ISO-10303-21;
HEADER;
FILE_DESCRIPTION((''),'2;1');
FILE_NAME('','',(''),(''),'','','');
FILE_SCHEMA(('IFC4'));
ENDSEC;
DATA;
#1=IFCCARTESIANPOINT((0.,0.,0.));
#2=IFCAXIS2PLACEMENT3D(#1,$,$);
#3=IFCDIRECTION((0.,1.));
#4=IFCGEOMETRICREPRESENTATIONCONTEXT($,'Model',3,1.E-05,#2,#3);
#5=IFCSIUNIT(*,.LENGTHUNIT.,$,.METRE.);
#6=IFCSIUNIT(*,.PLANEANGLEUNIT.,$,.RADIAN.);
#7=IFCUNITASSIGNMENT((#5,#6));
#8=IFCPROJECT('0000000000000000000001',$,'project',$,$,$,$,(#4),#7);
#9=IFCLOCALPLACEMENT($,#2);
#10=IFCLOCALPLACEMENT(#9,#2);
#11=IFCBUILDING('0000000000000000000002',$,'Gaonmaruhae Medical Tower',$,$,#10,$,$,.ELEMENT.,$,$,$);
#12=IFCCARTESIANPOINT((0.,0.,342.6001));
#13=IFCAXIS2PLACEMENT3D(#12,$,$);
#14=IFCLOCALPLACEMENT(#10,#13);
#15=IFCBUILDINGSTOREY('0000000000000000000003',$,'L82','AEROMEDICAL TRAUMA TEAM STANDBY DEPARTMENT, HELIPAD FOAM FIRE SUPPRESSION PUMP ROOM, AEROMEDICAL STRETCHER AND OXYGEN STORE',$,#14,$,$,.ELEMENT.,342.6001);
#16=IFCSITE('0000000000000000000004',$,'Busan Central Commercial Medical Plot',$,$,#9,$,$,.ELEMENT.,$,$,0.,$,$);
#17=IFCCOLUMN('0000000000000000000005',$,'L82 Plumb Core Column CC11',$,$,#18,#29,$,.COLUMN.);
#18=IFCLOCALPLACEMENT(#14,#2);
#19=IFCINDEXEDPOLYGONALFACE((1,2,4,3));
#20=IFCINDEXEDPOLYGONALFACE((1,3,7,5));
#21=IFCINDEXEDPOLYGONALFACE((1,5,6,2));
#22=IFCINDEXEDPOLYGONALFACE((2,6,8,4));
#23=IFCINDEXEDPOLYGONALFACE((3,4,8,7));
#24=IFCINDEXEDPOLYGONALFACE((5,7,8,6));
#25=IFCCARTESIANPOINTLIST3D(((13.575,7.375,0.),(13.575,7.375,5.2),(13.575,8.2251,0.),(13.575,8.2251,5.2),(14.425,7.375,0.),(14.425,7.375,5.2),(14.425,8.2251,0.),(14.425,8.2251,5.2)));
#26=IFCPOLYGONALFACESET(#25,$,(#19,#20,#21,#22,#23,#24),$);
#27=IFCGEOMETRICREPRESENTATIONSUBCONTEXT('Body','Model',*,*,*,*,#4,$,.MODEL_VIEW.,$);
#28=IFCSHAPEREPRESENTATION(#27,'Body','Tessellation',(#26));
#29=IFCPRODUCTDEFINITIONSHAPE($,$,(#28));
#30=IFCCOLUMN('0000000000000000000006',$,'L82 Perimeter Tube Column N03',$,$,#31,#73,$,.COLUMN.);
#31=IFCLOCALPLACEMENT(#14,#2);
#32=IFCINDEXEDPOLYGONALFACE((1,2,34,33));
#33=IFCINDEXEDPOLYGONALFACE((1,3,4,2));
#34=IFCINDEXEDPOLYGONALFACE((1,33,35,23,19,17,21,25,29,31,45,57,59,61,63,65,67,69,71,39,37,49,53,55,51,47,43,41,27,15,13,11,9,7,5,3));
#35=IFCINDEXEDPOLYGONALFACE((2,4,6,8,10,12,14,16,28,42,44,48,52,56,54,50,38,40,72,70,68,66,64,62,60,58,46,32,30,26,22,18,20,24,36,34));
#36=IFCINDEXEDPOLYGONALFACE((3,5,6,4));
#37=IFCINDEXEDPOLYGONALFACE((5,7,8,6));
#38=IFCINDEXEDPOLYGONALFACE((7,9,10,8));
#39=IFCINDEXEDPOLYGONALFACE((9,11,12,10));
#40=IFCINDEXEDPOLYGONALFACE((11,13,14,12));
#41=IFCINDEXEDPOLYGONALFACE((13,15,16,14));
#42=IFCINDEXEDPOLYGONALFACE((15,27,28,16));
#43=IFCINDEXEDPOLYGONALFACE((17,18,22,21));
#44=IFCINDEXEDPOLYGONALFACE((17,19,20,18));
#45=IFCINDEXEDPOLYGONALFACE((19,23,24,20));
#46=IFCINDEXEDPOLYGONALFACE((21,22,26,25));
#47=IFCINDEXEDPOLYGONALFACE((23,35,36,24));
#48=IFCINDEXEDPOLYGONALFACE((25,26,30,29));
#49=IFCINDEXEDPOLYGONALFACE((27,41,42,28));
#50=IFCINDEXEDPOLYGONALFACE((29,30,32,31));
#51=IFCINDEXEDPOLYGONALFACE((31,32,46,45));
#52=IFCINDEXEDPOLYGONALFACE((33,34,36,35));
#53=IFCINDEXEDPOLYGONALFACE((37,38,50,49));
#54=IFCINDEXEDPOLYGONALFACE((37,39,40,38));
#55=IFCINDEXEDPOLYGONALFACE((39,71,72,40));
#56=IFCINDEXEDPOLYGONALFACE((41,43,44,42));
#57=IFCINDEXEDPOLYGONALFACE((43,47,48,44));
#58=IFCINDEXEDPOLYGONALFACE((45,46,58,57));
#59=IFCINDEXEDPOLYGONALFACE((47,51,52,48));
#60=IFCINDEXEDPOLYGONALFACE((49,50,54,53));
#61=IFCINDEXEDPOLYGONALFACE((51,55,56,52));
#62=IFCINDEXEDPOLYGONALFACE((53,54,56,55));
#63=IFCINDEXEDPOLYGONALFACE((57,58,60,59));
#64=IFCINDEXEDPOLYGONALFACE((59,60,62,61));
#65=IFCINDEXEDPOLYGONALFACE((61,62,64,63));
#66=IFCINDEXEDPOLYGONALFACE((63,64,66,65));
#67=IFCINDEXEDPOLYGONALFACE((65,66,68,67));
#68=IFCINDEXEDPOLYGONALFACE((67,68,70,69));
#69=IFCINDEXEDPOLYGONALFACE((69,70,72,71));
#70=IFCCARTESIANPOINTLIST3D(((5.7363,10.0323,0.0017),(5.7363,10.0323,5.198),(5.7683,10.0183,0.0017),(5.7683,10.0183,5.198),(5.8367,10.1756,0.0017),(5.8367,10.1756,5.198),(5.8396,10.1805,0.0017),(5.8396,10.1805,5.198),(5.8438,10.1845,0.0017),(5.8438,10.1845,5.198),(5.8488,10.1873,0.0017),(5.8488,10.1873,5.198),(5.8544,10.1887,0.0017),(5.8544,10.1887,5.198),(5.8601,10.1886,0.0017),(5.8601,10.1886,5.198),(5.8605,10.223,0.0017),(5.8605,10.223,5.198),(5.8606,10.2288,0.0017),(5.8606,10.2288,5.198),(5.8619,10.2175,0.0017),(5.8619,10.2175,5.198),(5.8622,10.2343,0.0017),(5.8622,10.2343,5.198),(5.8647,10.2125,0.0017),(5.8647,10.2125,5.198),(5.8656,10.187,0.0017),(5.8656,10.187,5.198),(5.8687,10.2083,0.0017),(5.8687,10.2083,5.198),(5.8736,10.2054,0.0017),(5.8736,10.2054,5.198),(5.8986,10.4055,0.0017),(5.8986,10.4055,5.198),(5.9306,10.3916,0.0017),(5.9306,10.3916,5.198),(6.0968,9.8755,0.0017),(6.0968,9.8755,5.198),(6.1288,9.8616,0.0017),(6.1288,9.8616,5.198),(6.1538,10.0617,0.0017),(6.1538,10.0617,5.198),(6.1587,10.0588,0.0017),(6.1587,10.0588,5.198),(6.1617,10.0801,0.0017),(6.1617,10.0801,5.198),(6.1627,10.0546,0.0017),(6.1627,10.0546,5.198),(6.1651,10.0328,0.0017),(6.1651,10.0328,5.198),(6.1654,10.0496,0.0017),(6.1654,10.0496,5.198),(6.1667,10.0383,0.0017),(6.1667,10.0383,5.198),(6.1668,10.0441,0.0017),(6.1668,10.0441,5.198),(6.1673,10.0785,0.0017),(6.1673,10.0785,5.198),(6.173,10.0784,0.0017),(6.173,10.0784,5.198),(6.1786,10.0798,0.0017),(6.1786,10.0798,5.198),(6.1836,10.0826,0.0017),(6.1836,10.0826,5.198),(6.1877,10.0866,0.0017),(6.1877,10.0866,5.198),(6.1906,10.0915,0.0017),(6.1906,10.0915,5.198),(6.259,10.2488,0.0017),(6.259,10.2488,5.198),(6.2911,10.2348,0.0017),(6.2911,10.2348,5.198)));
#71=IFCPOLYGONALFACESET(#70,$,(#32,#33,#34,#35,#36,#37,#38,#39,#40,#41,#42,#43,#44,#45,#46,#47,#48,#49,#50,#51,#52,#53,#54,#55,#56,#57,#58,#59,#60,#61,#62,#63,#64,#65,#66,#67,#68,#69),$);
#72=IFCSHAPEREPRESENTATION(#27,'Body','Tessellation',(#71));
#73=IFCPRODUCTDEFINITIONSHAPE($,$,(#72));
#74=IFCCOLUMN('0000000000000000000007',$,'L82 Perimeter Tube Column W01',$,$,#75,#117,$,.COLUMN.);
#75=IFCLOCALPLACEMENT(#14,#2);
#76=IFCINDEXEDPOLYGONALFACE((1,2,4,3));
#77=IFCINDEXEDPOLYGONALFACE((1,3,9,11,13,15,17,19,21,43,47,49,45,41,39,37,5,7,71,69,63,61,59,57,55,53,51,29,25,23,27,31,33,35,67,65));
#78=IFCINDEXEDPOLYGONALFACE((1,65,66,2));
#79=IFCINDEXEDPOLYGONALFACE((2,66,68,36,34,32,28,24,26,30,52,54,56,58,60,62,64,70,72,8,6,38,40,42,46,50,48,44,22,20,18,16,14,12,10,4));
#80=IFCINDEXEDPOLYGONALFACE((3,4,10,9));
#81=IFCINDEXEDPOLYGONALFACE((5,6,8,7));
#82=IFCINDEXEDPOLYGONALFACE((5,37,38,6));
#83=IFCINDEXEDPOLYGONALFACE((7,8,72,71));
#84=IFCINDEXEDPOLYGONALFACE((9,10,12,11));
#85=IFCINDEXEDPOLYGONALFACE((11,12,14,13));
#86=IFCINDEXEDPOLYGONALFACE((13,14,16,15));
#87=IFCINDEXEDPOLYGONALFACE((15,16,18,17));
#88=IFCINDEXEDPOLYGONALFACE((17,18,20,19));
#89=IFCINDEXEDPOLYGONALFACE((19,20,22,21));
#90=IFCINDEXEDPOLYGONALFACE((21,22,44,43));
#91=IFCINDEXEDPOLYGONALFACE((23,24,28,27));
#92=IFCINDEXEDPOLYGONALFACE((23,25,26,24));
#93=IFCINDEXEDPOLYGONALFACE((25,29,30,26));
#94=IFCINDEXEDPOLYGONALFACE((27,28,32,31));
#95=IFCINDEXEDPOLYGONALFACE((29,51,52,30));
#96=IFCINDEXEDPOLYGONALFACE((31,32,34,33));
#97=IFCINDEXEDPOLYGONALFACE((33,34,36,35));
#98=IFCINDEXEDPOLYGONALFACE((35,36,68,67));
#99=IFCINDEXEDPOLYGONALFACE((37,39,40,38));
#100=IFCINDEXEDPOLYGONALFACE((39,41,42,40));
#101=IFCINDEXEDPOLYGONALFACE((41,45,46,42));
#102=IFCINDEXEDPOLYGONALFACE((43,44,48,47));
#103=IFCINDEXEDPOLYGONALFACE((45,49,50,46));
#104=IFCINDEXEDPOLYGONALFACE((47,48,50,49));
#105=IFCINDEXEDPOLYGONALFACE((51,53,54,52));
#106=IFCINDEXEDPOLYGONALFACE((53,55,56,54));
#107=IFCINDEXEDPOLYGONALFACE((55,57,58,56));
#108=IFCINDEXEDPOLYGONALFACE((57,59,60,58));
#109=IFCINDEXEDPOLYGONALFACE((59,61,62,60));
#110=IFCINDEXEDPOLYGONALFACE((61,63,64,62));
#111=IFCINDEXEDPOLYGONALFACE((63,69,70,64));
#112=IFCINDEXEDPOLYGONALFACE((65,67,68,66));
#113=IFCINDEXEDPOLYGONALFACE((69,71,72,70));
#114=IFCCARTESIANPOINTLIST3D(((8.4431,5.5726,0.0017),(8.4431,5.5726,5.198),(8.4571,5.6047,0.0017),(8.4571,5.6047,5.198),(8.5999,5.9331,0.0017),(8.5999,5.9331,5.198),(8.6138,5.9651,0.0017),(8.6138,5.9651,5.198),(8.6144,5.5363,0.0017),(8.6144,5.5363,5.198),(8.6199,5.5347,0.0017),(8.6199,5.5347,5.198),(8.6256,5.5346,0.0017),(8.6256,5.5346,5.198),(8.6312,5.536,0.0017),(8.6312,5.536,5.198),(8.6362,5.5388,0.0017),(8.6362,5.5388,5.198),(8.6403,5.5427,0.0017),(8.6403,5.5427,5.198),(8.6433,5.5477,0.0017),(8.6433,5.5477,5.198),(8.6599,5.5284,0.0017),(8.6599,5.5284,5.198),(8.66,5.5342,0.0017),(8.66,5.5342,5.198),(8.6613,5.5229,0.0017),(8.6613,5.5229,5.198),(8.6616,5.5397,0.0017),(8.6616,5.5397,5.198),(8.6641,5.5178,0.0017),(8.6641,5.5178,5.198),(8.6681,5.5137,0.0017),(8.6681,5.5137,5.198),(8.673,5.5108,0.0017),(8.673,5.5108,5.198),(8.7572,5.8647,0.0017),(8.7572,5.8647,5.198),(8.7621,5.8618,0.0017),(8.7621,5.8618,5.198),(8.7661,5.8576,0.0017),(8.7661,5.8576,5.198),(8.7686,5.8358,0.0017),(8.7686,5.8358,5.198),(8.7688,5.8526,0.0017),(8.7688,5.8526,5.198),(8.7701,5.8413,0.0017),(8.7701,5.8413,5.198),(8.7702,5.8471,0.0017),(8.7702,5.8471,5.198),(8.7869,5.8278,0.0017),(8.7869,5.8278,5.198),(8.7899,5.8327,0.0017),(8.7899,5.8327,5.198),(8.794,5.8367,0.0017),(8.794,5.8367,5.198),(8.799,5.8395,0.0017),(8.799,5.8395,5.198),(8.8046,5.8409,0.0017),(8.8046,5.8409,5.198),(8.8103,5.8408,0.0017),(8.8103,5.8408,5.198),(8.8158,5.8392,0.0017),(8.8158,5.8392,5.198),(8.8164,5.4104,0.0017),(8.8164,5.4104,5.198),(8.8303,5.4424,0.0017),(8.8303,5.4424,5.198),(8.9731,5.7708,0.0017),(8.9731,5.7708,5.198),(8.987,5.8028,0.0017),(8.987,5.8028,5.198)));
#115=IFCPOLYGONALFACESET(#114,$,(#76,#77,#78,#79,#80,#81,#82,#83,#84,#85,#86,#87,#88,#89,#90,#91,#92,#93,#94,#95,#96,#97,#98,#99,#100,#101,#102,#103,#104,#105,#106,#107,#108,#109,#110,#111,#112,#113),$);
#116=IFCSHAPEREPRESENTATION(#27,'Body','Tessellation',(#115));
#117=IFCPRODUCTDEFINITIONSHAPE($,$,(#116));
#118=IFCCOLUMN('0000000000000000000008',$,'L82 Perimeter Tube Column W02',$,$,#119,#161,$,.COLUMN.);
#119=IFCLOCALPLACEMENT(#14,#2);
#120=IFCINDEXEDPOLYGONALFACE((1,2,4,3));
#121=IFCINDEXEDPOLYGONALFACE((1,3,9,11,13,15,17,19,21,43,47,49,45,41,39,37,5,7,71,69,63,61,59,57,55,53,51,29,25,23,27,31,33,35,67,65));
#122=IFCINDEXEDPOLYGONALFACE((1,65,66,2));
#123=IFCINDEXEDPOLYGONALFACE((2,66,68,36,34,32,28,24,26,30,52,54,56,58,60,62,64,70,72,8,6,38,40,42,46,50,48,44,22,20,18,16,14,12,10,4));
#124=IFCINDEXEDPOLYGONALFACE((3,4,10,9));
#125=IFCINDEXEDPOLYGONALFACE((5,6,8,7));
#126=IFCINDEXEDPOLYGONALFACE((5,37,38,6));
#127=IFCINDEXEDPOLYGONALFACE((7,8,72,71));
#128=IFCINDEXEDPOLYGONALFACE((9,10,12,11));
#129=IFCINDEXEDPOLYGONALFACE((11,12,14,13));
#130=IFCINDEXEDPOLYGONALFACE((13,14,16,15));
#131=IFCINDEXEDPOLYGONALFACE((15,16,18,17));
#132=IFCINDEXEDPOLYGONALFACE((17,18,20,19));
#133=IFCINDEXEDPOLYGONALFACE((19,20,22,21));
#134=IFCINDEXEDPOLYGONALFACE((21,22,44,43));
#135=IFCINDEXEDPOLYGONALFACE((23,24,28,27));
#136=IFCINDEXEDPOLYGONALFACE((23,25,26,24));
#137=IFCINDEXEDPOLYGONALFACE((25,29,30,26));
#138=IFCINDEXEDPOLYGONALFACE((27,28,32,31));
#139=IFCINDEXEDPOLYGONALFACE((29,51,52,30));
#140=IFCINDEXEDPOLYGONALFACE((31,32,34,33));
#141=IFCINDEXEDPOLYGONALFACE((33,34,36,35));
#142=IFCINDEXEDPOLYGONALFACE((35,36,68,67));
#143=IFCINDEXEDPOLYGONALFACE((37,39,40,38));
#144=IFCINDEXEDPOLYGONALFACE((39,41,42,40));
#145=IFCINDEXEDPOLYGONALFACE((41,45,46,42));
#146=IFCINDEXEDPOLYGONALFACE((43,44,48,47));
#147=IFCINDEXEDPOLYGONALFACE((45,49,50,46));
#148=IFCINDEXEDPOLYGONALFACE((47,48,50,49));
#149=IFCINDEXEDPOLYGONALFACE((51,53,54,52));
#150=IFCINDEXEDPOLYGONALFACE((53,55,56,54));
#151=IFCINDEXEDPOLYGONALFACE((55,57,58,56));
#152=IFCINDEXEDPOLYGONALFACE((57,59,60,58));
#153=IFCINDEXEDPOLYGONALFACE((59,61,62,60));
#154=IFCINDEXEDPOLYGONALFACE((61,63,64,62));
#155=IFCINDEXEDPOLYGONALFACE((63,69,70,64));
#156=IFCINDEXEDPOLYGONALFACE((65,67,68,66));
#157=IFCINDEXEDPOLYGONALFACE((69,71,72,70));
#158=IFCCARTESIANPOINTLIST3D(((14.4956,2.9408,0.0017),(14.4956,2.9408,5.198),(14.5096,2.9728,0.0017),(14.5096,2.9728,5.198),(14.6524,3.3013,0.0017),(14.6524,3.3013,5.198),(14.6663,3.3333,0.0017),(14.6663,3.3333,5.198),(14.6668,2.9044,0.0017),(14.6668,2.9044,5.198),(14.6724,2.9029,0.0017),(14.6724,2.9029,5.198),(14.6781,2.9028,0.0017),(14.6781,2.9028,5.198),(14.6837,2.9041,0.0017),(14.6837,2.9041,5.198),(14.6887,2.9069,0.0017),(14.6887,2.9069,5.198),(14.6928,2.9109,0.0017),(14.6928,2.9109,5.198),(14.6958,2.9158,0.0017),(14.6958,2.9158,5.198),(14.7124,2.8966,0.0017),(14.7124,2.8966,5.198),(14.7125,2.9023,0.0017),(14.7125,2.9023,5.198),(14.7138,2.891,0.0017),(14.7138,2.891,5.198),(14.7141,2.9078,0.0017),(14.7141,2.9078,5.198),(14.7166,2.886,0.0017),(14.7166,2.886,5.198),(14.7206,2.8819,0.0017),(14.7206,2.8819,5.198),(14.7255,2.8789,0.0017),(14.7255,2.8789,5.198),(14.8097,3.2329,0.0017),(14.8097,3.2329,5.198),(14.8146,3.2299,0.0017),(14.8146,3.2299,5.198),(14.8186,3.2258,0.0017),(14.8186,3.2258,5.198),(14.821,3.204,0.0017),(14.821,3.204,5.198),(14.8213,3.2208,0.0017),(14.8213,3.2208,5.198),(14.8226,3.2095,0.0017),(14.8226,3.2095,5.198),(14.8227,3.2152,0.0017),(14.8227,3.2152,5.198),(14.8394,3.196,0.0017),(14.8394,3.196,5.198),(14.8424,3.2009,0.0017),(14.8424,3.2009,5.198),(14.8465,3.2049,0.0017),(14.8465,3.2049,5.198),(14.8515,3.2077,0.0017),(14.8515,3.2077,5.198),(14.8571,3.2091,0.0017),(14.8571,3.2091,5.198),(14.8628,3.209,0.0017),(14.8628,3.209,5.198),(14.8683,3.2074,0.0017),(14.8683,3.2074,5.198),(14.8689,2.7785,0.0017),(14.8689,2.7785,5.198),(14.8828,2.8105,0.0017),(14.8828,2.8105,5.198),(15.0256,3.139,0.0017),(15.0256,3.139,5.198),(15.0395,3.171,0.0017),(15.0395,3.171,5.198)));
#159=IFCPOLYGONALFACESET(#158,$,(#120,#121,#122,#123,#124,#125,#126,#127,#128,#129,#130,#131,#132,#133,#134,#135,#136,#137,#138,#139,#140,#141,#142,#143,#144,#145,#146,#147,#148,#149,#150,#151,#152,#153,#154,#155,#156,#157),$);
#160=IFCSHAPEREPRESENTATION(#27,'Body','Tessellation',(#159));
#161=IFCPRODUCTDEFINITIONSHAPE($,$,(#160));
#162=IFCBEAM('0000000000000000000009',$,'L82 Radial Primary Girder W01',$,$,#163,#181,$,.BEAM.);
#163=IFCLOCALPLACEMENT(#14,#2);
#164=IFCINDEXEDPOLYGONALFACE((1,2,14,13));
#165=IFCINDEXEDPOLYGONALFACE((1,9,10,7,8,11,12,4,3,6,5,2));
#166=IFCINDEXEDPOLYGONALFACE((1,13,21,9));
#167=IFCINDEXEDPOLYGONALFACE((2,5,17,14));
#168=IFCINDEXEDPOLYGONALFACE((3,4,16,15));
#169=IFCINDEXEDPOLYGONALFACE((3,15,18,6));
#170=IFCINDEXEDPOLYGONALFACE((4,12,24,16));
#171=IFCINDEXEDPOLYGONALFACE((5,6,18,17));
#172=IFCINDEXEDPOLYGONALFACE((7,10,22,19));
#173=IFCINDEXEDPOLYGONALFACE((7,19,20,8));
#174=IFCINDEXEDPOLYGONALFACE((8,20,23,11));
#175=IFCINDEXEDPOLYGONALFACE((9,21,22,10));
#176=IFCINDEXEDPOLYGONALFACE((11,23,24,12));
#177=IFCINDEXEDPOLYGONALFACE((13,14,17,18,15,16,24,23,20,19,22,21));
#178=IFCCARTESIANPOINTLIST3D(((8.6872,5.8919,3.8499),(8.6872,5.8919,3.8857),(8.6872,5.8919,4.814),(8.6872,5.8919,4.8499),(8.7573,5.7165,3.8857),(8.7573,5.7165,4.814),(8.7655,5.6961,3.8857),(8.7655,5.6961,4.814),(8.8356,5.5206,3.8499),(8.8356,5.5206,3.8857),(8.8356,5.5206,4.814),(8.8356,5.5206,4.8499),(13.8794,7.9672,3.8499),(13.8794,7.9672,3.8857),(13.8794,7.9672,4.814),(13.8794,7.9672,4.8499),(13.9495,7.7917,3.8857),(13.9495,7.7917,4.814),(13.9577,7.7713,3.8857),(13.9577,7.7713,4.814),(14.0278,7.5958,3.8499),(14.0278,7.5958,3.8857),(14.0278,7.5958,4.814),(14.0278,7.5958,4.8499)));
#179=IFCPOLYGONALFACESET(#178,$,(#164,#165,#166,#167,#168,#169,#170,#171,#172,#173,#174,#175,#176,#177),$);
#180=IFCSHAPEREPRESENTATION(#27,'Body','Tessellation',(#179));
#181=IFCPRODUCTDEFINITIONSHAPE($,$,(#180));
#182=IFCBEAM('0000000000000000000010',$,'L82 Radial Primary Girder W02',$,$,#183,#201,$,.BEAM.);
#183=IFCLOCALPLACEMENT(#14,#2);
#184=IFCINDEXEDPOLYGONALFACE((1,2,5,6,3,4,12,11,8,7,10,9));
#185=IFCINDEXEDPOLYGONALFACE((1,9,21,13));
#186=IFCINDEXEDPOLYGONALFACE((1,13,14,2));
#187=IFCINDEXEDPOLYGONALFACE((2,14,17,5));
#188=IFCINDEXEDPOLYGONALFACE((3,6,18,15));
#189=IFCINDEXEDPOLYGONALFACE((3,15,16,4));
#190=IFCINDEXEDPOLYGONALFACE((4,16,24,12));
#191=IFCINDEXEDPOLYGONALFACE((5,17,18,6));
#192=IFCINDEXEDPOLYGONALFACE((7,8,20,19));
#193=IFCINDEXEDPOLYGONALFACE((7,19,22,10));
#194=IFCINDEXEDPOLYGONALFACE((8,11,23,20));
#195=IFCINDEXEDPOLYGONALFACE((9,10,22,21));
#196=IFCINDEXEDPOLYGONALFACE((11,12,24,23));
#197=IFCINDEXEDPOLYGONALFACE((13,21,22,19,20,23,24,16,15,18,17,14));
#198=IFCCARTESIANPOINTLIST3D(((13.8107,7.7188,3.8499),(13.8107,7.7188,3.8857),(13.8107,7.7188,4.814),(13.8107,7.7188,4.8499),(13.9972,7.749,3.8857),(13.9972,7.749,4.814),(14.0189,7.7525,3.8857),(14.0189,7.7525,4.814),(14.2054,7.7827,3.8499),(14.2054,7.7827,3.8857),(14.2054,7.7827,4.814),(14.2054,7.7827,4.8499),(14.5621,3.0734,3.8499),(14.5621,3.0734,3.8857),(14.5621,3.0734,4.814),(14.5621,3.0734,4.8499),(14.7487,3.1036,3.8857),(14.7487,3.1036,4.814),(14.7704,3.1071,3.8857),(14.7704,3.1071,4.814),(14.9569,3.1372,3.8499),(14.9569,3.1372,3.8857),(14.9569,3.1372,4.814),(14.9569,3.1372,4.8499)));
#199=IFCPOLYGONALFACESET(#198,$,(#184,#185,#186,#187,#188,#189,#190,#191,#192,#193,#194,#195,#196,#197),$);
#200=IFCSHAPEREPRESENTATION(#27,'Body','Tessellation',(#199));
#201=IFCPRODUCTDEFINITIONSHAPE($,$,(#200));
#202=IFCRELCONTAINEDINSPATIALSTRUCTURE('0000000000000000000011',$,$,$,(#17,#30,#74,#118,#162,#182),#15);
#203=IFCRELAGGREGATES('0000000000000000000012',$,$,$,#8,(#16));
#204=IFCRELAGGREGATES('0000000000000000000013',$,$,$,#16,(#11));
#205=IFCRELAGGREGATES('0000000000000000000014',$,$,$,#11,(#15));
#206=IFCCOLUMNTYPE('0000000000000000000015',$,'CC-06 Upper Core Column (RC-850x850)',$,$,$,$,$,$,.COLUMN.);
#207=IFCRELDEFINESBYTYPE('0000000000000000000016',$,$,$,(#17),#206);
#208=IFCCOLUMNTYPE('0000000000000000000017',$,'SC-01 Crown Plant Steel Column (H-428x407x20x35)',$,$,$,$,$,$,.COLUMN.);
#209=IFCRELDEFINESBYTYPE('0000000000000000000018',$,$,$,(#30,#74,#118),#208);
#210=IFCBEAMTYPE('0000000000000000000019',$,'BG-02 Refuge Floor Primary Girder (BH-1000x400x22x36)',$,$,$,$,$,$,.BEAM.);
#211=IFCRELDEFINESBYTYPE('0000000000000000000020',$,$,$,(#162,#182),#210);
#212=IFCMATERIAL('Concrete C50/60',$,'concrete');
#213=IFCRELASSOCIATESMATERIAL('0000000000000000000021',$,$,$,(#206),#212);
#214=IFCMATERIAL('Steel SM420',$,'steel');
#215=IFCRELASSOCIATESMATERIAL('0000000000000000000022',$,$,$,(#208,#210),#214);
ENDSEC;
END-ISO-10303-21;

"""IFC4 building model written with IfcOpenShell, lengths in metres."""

from ifc_helpers import new_model, si_unit, direction, frame, origin, origin_2d, place, context, subcontext, project, spatial, rectangle, i_section, extrude, material, material_profile, profile_set, type_object, element, save


model = new_model("IFC4")

# Units and contexts
model_context = context("Model", 3, precision=1e-05, world=origin(), true_north=direction((0.0, 1.0)))
body_context = subcontext(model_context, "Body", "Model", "MODEL_VIEW")
ifc_project = project(units=[si_unit("LENGTHUNIT", "METRE"), si_unit("PLANEANGLEUNIT", "RADIAN")], contexts=[model_context])

# Site, building, storey
site_placement = place(None, origin())
site = spatial("IfcSite", under=ifc_project, at=site_placement, Name="Busan Central Commercial Medical Plot", CompositionType="ELEMENT", RefElevation=0.0)
building_placement = place(site_placement, origin())
building = spatial("IfcBuilding", under=site, at=building_placement, Name="Gaonmaruhae Medical Tower", CompositionType="ELEMENT")
storey_placement = place(building_placement, frame((0.0, 0.0, 342.6001)))
storey = spatial("IfcBuildingStorey", under=building, at=storey_placement, Name="L82", Description="AEROMEDICAL TRAUMA TEAM STANDBY DEPARTMENT, HELIPAD FOAM FIRE SUPPRESSION PUMP ROOM, AEROMEDICAL STRETCHER AND OXYGEN STORE", CompositionType="ELEMENT", Elevation=342.6001)

# Columns
ifc_material_1 = material(Name="Concrete C50/60", Category="concrete")
ifc_material_profile_1 = material_profile(ifc_material_1, rectangle(XDim=0.8501, YDim=0.8501, at=origin_2d()), Name="RC-850x850")
ifc_profile_set_1 = profile_set([ifc_material_profile_1], Name="Concrete C50/60")
column_type_1 = type_object("IfcColumnType", Name="CC-06 Upper Core Column (RC-850x850)", PredefinedType="COLUMN", material=ifc_profile_set_1)
column_placement = place(storey_placement, frame((14.0, 7.8, 0.0), z_axis=(0.0, 0.0, 1.0), x_axis=(1.0, 0.0, 0.0)))
element("IfcColumn", 1, at=column_placement, inside=storey, type_object=column_type_1, Name="L82 Plumb Core Column CC11", PredefinedType="COLUMN", context=body_context, shape_type="SweptSolid", body=[
    extrude(rectangle(XDim=0.8501, YDim=0.8501, at=origin_2d()), origin(), (0.0, 0.0, 1.0), 5.2),
])
ifc_material_2 = material(Name="Steel SM420", Category="steel")
ifc_material_profile_2 = material_profile(ifc_material_2, i_section(OverallWidth=0.407, OverallDepth=0.428, WebThickness=0.02, FlangeThickness=0.0349, FilletRadius=0.022, at=origin_2d()), Name="H-428x407x20x35")
ifc_profile_set_2 = profile_set([ifc_material_profile_2], Name="Steel SM420")
column_type_2 = type_object("IfcColumnType", Name="SC-01 Crown Plant Steel Column (H-428x407x20x35)", PredefinedType="COLUMN", material=ifc_profile_set_2)
for number, where, z_axis, x_axis, name in (
    (2, (6.0137, 10.1335, 0.0017), (0.0, 0.0, 1.0), (0.398749, 0.91706, 0.0), "L82 Perimeter Tube Column N03"),
    (3, (8.7151, 5.6877, 0.0017), (0.0, 0.0, 1.0), (-0.91706, 0.398749, 0.0), "L82 Perimeter Tube Column W01"),
    (4, (14.7676, 3.0559, 0.0017), (0.0, 0.0, 1.0), (-0.91706, 0.398749, 0.0), "L82 Perimeter Tube Column W02"),
):
    element("IfcColumn", number, at=place(storey_placement, frame(where, z_axis=z_axis, x_axis=x_axis)), inside=storey, type_object=column_type_2, Name=name, PredefinedType="COLUMN", context=body_context, shape_type="SweptSolid", body=[
        extrude(i_section(OverallWidth=0.407, OverallDepth=0.428, WebThickness=0.02, FlangeThickness=0.0349, FilletRadius=0.022, at=origin_2d()), origin(), (0.0, 0.0, 1.0), 5.1963),
    ])

# Beams
ifc_material_profile_3 = material_profile(ifc_material_2, i_section(OverallWidth=0.3999, OverallDepth=1.0, WebThickness=0.022, FlangeThickness=0.0359, at=origin_2d()), Name="BH-1000x400x22x36")
ifc_profile_set_3 = profile_set([ifc_material_profile_3], Name="Steel SM420")
beam_type_1 = type_object("IfcBeamType", Name="BG-02 Refuge Floor Primary Girder (BH-1000x400x22x36)", PredefinedType="BEAM", material=ifc_profile_set_3)
beam_1_placement = place(storey_placement, frame((13.9536, 7.7815, 4.3499), z_axis=(-0.928579, -0.371135, 0.0), x_axis=(0.371135, -0.928579, 0.0)))
element("IfcBeam", 5, at=beam_1_placement, inside=storey, type_object=beam_type_1, Name="L82 Radial Primary Girder W01", PredefinedType="BEAM", context=body_context, shape_type="SweptSolid", body=[
    extrude(i_section(OverallWidth=0.3999, OverallDepth=1.0, WebThickness=0.022, FlangeThickness=0.0359, at=origin_2d()), origin(), (0.0, 0.0, 1.0), 5.5916),
])
beam_2_placement = place(storey_placement, frame((14.0081, 7.7507, 4.3499), z_axis=(0.159686, -0.987168, 0.0), x_axis=(0.987168, 0.159686, 0.0)))
element("IfcBeam", 6, at=beam_2_placement, inside=storey, type_object=beam_type_1, Name="L82 Radial Primary Girder W02", PredefinedType="BEAM", context=body_context, shape_type="SweptSolid", body=[
    extrude(i_section(OverallWidth=0.3999, OverallDepth=1.0, WebThickness=0.022, FlangeThickness=0.0359, at=origin_2d()), origin(), (0.0, 0.0, 1.0), 4.7058),
])

save(model, "model.ifc")
